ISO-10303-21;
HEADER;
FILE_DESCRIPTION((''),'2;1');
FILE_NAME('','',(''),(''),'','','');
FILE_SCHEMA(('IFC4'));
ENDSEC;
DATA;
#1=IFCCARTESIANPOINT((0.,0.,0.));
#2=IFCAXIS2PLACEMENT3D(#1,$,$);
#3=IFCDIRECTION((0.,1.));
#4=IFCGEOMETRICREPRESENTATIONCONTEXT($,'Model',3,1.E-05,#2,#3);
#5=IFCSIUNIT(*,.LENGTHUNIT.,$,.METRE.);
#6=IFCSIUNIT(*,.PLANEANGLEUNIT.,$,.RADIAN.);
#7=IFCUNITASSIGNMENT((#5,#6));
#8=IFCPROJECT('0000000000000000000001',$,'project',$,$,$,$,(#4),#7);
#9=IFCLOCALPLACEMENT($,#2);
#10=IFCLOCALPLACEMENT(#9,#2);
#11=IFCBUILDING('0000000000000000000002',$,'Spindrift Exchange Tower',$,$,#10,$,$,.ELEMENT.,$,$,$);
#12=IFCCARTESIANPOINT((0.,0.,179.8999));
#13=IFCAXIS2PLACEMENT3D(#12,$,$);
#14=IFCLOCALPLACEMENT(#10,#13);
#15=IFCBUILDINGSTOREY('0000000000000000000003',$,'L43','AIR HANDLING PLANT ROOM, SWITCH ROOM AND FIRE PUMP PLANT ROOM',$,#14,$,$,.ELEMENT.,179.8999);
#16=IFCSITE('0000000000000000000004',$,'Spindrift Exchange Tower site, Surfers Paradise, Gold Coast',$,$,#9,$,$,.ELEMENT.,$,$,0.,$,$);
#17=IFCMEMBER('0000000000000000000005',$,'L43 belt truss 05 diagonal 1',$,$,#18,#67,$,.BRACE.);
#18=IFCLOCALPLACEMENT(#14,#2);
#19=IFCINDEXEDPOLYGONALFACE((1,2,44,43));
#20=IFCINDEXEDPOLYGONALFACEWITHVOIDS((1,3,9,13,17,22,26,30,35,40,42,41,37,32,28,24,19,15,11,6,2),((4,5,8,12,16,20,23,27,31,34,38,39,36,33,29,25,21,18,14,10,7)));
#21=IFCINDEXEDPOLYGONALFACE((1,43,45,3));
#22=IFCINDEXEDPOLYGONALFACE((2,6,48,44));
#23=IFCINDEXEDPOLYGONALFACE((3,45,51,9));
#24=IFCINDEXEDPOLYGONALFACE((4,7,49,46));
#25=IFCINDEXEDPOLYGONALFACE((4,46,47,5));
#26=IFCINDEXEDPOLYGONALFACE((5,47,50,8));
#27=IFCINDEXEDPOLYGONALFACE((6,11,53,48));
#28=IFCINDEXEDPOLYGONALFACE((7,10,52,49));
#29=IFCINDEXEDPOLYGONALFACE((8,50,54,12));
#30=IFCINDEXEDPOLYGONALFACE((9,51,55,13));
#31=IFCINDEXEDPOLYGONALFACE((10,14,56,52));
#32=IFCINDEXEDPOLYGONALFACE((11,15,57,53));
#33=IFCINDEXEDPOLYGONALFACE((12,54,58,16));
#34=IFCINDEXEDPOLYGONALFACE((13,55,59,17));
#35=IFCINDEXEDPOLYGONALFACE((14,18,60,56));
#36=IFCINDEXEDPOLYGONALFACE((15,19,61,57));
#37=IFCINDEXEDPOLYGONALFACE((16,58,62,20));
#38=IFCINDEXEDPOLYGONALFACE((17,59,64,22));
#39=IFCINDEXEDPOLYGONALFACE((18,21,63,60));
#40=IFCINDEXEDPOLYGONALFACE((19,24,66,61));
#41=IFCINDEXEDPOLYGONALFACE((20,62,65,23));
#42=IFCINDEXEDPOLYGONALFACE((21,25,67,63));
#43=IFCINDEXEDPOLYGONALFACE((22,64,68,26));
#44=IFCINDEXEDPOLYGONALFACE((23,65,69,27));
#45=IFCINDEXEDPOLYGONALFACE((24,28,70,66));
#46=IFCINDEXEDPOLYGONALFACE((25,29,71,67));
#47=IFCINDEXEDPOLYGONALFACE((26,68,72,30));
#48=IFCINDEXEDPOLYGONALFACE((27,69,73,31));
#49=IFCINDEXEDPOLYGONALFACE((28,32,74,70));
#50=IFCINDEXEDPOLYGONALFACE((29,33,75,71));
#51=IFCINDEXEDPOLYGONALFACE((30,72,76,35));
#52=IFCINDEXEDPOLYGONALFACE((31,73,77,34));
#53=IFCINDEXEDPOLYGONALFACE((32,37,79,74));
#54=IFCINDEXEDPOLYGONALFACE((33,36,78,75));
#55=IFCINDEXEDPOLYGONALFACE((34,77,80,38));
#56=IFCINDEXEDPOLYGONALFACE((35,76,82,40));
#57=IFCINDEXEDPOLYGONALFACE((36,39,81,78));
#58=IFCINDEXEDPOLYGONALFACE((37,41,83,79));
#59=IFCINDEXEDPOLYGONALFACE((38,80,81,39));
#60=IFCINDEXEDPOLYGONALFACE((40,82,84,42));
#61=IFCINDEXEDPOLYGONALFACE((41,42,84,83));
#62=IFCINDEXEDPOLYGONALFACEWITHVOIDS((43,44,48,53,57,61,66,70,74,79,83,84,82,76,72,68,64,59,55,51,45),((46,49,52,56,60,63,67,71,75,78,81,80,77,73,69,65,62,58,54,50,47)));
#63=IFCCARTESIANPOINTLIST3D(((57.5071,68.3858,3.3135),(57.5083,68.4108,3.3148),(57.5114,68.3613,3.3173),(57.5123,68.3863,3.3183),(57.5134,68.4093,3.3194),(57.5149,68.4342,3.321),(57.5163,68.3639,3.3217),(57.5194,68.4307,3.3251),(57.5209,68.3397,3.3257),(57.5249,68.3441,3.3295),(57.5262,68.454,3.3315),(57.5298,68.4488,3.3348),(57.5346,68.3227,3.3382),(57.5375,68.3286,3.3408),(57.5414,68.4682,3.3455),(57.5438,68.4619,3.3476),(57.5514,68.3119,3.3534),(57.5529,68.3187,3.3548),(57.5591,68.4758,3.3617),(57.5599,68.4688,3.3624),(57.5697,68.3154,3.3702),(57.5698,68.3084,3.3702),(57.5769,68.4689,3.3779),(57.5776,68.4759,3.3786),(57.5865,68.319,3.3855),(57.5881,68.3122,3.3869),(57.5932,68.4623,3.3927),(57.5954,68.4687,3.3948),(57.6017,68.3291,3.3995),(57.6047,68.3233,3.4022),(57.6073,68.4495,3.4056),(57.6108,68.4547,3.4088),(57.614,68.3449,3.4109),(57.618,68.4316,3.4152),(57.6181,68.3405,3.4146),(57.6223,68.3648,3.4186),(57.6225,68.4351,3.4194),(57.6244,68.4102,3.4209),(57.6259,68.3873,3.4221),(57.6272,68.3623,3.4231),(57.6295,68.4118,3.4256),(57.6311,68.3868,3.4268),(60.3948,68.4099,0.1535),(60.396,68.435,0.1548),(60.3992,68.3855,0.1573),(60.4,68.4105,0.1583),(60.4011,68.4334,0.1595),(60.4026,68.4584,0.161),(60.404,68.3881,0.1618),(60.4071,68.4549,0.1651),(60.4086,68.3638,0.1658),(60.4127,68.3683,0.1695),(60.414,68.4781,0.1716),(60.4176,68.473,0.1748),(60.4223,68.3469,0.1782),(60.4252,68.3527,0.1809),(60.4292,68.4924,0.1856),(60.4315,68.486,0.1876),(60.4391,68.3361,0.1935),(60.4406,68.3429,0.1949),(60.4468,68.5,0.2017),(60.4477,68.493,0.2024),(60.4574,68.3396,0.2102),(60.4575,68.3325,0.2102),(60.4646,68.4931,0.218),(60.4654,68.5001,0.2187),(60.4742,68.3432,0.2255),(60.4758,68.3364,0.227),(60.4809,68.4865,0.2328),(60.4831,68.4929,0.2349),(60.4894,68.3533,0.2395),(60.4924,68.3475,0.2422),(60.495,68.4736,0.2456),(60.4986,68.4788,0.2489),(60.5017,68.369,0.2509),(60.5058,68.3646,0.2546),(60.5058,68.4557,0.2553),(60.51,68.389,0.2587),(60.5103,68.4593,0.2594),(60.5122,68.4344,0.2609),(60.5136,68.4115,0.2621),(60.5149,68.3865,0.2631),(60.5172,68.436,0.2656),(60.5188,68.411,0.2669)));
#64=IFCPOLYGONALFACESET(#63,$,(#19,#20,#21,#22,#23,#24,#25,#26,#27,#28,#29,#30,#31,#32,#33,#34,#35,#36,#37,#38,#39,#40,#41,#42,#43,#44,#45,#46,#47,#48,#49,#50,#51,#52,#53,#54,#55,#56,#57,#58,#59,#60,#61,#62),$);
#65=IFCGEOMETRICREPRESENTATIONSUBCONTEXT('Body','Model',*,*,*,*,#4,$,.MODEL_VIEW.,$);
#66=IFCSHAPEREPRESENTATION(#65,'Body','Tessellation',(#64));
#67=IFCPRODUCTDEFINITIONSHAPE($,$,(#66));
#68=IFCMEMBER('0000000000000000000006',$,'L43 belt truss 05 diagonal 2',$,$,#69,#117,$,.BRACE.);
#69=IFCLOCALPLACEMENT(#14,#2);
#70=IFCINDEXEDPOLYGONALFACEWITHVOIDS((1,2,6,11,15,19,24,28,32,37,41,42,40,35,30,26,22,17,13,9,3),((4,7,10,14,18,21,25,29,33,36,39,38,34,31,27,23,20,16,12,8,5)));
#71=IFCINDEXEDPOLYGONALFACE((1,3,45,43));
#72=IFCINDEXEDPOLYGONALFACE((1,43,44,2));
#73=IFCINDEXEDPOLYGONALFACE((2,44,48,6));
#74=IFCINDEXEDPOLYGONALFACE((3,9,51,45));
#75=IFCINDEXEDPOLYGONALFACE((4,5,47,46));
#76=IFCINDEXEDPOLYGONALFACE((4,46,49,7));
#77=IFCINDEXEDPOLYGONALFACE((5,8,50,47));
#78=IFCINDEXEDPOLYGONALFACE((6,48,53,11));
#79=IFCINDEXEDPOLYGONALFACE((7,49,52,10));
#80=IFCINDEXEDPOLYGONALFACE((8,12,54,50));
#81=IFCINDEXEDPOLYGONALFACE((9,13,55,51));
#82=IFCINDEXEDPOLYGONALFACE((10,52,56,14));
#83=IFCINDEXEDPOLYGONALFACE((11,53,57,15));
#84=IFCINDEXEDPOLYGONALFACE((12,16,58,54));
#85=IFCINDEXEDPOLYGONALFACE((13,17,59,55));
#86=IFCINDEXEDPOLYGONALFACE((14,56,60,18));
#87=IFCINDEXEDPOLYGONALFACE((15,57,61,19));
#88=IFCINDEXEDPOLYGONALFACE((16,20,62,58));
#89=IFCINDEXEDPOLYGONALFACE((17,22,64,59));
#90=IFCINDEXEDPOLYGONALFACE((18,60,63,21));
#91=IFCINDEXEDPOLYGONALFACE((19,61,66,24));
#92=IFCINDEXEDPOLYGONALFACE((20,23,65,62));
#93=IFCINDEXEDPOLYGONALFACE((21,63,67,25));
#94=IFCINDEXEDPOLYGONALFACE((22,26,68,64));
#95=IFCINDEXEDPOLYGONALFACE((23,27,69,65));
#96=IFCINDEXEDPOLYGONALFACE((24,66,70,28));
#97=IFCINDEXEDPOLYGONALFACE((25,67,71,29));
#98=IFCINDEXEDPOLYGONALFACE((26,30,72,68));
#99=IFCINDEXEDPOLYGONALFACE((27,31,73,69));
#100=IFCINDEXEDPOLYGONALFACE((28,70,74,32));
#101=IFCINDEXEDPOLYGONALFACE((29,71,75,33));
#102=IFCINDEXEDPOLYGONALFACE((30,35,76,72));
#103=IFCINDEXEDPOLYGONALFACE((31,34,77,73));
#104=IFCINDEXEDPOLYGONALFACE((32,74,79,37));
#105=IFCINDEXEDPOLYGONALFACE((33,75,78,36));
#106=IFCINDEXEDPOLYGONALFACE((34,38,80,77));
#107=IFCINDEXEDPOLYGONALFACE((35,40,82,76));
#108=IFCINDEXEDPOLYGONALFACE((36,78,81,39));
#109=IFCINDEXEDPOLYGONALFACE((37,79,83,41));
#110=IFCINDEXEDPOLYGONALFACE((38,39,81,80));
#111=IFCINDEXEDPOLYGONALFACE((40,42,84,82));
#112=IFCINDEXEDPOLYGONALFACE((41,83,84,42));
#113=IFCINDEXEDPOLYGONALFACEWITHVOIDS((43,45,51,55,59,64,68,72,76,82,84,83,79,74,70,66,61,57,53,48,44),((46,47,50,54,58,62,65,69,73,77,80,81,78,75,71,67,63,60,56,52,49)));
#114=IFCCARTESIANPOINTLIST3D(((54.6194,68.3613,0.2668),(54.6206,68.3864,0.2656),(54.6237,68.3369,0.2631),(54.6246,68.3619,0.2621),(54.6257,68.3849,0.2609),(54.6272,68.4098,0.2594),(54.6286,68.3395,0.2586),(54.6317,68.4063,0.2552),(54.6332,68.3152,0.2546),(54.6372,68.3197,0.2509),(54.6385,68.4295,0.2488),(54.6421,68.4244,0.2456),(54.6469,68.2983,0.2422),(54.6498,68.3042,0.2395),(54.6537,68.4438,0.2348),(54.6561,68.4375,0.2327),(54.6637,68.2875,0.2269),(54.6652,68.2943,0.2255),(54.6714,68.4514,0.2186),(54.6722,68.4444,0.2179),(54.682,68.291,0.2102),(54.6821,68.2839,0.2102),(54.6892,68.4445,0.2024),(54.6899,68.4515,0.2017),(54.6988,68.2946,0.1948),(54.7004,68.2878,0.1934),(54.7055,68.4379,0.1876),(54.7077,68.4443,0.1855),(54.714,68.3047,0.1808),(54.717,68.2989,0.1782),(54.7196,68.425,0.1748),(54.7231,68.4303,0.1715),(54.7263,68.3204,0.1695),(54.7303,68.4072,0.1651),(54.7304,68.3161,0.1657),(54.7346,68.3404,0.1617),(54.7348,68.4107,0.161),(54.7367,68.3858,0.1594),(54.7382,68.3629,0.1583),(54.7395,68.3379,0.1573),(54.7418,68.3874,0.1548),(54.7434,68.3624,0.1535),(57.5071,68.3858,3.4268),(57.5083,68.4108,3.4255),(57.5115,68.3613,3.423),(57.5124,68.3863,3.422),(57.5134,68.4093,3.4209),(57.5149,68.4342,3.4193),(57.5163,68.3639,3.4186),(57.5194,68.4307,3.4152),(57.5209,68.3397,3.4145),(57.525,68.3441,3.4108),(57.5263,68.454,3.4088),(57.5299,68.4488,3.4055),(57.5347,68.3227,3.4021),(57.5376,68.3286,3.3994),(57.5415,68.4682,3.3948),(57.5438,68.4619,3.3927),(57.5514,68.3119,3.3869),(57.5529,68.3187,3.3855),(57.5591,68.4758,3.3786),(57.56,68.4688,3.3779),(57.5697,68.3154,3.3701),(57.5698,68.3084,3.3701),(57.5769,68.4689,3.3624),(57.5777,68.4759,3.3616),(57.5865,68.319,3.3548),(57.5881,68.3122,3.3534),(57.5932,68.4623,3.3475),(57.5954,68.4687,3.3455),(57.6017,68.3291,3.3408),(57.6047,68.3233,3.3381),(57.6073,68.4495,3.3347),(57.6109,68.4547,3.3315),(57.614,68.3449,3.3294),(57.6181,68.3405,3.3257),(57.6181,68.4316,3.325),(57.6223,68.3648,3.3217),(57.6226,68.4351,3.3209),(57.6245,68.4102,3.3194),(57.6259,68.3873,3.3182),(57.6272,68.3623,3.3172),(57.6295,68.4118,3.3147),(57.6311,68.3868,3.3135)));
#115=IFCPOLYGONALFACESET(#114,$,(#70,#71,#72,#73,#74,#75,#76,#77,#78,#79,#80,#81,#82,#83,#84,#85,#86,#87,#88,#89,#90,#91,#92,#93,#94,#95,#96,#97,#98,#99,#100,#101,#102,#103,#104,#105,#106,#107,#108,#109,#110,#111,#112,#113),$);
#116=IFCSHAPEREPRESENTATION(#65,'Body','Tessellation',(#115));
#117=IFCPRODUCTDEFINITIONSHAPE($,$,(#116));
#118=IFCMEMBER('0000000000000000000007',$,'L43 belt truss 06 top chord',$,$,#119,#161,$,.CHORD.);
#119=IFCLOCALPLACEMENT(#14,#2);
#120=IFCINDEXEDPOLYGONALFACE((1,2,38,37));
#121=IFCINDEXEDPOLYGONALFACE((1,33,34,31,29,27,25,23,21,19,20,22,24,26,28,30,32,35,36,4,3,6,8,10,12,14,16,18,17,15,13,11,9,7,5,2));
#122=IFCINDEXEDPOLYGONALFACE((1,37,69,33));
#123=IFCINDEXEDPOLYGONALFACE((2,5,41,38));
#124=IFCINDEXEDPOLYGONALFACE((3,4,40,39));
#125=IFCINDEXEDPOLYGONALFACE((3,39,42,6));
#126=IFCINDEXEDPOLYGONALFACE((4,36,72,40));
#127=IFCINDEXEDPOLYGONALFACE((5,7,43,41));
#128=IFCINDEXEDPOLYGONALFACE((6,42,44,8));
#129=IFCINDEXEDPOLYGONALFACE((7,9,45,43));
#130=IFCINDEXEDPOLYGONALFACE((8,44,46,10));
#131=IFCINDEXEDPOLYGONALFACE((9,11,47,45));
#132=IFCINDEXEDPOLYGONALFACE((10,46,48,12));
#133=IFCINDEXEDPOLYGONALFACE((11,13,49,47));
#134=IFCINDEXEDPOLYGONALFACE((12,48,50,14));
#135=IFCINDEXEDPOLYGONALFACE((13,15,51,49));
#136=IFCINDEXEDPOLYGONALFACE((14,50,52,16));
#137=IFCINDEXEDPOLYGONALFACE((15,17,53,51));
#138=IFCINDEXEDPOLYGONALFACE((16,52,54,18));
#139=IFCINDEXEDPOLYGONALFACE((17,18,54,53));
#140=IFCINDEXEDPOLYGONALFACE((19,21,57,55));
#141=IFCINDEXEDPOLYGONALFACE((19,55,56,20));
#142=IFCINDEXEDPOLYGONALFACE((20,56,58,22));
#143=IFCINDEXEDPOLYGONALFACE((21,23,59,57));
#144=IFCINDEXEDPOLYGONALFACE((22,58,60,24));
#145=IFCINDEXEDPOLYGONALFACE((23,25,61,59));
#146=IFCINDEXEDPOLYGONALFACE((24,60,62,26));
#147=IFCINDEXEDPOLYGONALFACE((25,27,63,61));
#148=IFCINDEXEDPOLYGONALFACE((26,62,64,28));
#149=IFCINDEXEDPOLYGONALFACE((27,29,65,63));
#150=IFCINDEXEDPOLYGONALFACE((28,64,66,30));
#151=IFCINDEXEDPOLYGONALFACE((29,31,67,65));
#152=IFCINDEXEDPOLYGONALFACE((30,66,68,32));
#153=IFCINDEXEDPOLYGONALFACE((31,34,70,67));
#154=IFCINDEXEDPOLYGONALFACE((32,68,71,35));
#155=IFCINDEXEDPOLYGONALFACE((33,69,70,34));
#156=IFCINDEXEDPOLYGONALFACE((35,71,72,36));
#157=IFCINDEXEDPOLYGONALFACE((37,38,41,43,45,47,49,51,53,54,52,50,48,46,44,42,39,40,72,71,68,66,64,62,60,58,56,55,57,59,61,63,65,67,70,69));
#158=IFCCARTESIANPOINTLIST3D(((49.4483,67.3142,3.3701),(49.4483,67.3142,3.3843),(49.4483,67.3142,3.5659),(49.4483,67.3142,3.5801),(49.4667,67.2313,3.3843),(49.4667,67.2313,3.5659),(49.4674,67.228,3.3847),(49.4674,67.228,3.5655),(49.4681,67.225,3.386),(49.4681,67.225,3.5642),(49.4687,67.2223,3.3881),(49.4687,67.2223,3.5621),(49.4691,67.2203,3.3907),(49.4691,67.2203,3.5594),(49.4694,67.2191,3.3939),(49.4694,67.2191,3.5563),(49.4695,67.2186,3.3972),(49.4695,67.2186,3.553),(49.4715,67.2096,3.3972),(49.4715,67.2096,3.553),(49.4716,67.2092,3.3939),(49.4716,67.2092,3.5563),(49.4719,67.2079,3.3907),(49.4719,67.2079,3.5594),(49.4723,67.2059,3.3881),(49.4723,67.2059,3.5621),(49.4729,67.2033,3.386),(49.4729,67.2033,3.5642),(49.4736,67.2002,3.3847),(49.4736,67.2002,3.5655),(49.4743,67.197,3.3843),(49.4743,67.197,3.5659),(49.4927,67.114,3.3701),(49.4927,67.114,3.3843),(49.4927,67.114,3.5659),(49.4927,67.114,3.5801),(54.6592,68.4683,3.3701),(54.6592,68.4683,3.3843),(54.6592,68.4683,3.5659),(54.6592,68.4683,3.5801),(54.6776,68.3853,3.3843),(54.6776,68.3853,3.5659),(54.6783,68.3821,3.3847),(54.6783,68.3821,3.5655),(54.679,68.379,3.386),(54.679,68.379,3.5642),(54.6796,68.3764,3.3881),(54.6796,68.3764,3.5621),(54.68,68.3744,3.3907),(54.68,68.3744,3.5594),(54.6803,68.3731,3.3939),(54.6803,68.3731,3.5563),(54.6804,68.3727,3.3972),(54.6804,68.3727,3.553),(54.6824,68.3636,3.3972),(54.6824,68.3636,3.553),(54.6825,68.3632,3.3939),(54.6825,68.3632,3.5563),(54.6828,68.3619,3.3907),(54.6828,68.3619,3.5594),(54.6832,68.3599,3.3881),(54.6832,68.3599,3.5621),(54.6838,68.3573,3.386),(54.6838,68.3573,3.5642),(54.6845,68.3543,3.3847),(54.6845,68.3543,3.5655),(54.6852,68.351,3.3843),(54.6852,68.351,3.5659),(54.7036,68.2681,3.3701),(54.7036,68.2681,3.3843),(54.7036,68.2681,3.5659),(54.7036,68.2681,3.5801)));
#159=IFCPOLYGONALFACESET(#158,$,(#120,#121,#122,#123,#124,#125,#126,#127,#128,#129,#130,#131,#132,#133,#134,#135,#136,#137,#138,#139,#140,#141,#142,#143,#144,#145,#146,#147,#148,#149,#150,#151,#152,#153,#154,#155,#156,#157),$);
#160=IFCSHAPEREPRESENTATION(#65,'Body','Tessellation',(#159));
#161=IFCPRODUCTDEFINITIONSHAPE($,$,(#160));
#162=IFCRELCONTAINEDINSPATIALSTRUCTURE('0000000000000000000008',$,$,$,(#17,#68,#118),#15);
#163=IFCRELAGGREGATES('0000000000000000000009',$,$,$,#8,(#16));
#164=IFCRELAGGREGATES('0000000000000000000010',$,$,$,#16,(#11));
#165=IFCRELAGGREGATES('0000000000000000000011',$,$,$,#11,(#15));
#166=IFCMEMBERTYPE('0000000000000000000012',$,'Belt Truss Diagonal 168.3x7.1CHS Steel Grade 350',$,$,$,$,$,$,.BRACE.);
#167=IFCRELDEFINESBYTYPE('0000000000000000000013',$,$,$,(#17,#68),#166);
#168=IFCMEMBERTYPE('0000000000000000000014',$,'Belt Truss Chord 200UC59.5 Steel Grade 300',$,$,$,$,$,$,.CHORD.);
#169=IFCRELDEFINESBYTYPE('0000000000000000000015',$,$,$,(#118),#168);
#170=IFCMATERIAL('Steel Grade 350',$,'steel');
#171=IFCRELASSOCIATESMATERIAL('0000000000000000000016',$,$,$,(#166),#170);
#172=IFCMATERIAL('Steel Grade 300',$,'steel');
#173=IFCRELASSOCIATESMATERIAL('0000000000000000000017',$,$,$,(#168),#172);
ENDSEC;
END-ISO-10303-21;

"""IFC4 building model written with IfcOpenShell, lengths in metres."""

from ifc_helpers import new_model, si_unit, direction, frame, origin, origin_2d, place, context, subcontext, project, spatial, hollow_circle, i_section, extrude, source, transform, mapped, material, material_profile, profile_set, type_object, element, save


model = new_model("IFC4")

# Units and contexts
model_context = context("Model", 3, precision=1e-05, world=origin(), true_north=direction((0.0, 1.0)))
body_context = subcontext(model_context, "Body", "Model", "MODEL_VIEW")
ifc_project = project(units=[si_unit("LENGTHUNIT", "METRE"), si_unit("PLANEANGLEUNIT", "RADIAN")], contexts=[model_context])

# Site, building, storey
site_placement = place(None, origin())
site = spatial("IfcSite", under=ifc_project, at=site_placement, Name="Spindrift Exchange Tower site, Surfers Paradise, Gold Coast", CompositionType="ELEMENT", RefElevation=0.0)
building_placement = place(site_placement, origin())
building = spatial("IfcBuilding", under=site, at=building_placement, Name="Spindrift Exchange Tower", CompositionType="ELEMENT")
storey_placement = place(building_placement, frame((0.0, 0.0, 179.8999)))
storey = spatial("IfcBuildingStorey", under=building, at=storey_placement, Name="L43", Description="AIR HANDLING PLANT ROOM, SWITCH ROOM AND FIRE PUMP PLANT ROOM", CompositionType="ELEMENT", Elevation=179.8999)

# Shared definitions
ifc_material_1 = material(Name="Steel Grade 300", Category="steel")

# Members
ifc_material_2 = material(Name="Steel Grade 350", Category="steel")
ifc_material_profile_1 = material_profile(ifc_material_2, hollow_circle(Radius=0.0842, WallThickness=0.0071, at=origin_2d()), Name="168.3x7.1CHS")
ifc_profile_set_1 = profile_set([ifc_material_profile_1], Name="Steel Grade 350")
member_type_1 = type_object("IfcMemberType", Name="Belt Truss Diagonal 168.3x7.1CHS Steel Grade 350", PredefinedType="BRACE", material=ifc_profile_set_1)
ifc_material_profile_2 = material_profile(ifc_material_1, i_section(OverallWidth=0.2051, OverallDepth=0.21, WebThickness=0.0093, FlangeThickness=0.0142, FilletRadius=0.0129, at=origin_2d()), Name="200UC59.5")
ifc_profile_set_2 = profile_set([ifc_material_profile_2], Name="Steel Grade 300")
member_type_2 = type_object("IfcMemberType", Name="Belt Truss Chord 200UC59.5 Steel Grade 300", PredefinedType="CHORD", material=ifc_profile_set_2)
shared_shape_1 = source(origin(), body_context, "Body", "SweptSolid", [
    extrude(hollow_circle(Radius=0.0842, WallThickness=0.0071, at=origin_2d()), origin(), (0.0, 0.0, 1.0), 4.2808),
])
for number, where, z_axis, x_axis, name in (
    (1, (60.4568, 68.4167, 0.2102), (-0.674584, -0.005646, 0.738176), (0.00837, -0.999965, 0.0), "L43 belt truss 05 diagonal 1"),
    (2, (57.5691, 68.3926, 3.3701), (-0.674584, -0.005703, -0.738176), (0.008454, -0.999964, 0.0), "L43 belt truss 05 diagonal 2"),
):
    element("IfcMember", number, at=place(storey_placement, frame(where, z_axis=z_axis, x_axis=x_axis)), inside=storey, type_object=member_type_1, Name=name, PredefinedType="BRACE", context=body_context, shape_type="MappedRepresentation", body=[
        mapped(shared_shape_1, transform((0.0, 0.0, 0.0), scale=1.0)),
    ])
shared_shape_2 = source(origin(), body_context, "Body", "SweptSolid", [
    extrude(i_section(OverallWidth=0.2051, OverallDepth=0.21, WebThickness=0.0093, FlangeThickness=0.0142, FilletRadius=0.0129, at=origin_2d()), origin(), (0.0, 0.0, 1.0), 5.3372),
])
for number, where, z_axis, x_axis, name in (
    (3, (54.6814, 68.3682, 3.4751), (-0.976343, -0.216228, 0.0), (0.216228, -0.976343, 0.0), "L43 belt truss 06 top chord"),
):
    element("IfcMember", number, at=place(storey_placement, frame(where, z_axis=z_axis, x_axis=x_axis)), inside=storey, type_object=member_type_2, Name=name, PredefinedType="CHORD", context=body_context, shape_type="MappedRepresentation", body=[
        mapped(shared_shape_2, transform((0.0, 0.0, 0.0), scale=1.0)),
    ])

save(model, "model.ifc")
